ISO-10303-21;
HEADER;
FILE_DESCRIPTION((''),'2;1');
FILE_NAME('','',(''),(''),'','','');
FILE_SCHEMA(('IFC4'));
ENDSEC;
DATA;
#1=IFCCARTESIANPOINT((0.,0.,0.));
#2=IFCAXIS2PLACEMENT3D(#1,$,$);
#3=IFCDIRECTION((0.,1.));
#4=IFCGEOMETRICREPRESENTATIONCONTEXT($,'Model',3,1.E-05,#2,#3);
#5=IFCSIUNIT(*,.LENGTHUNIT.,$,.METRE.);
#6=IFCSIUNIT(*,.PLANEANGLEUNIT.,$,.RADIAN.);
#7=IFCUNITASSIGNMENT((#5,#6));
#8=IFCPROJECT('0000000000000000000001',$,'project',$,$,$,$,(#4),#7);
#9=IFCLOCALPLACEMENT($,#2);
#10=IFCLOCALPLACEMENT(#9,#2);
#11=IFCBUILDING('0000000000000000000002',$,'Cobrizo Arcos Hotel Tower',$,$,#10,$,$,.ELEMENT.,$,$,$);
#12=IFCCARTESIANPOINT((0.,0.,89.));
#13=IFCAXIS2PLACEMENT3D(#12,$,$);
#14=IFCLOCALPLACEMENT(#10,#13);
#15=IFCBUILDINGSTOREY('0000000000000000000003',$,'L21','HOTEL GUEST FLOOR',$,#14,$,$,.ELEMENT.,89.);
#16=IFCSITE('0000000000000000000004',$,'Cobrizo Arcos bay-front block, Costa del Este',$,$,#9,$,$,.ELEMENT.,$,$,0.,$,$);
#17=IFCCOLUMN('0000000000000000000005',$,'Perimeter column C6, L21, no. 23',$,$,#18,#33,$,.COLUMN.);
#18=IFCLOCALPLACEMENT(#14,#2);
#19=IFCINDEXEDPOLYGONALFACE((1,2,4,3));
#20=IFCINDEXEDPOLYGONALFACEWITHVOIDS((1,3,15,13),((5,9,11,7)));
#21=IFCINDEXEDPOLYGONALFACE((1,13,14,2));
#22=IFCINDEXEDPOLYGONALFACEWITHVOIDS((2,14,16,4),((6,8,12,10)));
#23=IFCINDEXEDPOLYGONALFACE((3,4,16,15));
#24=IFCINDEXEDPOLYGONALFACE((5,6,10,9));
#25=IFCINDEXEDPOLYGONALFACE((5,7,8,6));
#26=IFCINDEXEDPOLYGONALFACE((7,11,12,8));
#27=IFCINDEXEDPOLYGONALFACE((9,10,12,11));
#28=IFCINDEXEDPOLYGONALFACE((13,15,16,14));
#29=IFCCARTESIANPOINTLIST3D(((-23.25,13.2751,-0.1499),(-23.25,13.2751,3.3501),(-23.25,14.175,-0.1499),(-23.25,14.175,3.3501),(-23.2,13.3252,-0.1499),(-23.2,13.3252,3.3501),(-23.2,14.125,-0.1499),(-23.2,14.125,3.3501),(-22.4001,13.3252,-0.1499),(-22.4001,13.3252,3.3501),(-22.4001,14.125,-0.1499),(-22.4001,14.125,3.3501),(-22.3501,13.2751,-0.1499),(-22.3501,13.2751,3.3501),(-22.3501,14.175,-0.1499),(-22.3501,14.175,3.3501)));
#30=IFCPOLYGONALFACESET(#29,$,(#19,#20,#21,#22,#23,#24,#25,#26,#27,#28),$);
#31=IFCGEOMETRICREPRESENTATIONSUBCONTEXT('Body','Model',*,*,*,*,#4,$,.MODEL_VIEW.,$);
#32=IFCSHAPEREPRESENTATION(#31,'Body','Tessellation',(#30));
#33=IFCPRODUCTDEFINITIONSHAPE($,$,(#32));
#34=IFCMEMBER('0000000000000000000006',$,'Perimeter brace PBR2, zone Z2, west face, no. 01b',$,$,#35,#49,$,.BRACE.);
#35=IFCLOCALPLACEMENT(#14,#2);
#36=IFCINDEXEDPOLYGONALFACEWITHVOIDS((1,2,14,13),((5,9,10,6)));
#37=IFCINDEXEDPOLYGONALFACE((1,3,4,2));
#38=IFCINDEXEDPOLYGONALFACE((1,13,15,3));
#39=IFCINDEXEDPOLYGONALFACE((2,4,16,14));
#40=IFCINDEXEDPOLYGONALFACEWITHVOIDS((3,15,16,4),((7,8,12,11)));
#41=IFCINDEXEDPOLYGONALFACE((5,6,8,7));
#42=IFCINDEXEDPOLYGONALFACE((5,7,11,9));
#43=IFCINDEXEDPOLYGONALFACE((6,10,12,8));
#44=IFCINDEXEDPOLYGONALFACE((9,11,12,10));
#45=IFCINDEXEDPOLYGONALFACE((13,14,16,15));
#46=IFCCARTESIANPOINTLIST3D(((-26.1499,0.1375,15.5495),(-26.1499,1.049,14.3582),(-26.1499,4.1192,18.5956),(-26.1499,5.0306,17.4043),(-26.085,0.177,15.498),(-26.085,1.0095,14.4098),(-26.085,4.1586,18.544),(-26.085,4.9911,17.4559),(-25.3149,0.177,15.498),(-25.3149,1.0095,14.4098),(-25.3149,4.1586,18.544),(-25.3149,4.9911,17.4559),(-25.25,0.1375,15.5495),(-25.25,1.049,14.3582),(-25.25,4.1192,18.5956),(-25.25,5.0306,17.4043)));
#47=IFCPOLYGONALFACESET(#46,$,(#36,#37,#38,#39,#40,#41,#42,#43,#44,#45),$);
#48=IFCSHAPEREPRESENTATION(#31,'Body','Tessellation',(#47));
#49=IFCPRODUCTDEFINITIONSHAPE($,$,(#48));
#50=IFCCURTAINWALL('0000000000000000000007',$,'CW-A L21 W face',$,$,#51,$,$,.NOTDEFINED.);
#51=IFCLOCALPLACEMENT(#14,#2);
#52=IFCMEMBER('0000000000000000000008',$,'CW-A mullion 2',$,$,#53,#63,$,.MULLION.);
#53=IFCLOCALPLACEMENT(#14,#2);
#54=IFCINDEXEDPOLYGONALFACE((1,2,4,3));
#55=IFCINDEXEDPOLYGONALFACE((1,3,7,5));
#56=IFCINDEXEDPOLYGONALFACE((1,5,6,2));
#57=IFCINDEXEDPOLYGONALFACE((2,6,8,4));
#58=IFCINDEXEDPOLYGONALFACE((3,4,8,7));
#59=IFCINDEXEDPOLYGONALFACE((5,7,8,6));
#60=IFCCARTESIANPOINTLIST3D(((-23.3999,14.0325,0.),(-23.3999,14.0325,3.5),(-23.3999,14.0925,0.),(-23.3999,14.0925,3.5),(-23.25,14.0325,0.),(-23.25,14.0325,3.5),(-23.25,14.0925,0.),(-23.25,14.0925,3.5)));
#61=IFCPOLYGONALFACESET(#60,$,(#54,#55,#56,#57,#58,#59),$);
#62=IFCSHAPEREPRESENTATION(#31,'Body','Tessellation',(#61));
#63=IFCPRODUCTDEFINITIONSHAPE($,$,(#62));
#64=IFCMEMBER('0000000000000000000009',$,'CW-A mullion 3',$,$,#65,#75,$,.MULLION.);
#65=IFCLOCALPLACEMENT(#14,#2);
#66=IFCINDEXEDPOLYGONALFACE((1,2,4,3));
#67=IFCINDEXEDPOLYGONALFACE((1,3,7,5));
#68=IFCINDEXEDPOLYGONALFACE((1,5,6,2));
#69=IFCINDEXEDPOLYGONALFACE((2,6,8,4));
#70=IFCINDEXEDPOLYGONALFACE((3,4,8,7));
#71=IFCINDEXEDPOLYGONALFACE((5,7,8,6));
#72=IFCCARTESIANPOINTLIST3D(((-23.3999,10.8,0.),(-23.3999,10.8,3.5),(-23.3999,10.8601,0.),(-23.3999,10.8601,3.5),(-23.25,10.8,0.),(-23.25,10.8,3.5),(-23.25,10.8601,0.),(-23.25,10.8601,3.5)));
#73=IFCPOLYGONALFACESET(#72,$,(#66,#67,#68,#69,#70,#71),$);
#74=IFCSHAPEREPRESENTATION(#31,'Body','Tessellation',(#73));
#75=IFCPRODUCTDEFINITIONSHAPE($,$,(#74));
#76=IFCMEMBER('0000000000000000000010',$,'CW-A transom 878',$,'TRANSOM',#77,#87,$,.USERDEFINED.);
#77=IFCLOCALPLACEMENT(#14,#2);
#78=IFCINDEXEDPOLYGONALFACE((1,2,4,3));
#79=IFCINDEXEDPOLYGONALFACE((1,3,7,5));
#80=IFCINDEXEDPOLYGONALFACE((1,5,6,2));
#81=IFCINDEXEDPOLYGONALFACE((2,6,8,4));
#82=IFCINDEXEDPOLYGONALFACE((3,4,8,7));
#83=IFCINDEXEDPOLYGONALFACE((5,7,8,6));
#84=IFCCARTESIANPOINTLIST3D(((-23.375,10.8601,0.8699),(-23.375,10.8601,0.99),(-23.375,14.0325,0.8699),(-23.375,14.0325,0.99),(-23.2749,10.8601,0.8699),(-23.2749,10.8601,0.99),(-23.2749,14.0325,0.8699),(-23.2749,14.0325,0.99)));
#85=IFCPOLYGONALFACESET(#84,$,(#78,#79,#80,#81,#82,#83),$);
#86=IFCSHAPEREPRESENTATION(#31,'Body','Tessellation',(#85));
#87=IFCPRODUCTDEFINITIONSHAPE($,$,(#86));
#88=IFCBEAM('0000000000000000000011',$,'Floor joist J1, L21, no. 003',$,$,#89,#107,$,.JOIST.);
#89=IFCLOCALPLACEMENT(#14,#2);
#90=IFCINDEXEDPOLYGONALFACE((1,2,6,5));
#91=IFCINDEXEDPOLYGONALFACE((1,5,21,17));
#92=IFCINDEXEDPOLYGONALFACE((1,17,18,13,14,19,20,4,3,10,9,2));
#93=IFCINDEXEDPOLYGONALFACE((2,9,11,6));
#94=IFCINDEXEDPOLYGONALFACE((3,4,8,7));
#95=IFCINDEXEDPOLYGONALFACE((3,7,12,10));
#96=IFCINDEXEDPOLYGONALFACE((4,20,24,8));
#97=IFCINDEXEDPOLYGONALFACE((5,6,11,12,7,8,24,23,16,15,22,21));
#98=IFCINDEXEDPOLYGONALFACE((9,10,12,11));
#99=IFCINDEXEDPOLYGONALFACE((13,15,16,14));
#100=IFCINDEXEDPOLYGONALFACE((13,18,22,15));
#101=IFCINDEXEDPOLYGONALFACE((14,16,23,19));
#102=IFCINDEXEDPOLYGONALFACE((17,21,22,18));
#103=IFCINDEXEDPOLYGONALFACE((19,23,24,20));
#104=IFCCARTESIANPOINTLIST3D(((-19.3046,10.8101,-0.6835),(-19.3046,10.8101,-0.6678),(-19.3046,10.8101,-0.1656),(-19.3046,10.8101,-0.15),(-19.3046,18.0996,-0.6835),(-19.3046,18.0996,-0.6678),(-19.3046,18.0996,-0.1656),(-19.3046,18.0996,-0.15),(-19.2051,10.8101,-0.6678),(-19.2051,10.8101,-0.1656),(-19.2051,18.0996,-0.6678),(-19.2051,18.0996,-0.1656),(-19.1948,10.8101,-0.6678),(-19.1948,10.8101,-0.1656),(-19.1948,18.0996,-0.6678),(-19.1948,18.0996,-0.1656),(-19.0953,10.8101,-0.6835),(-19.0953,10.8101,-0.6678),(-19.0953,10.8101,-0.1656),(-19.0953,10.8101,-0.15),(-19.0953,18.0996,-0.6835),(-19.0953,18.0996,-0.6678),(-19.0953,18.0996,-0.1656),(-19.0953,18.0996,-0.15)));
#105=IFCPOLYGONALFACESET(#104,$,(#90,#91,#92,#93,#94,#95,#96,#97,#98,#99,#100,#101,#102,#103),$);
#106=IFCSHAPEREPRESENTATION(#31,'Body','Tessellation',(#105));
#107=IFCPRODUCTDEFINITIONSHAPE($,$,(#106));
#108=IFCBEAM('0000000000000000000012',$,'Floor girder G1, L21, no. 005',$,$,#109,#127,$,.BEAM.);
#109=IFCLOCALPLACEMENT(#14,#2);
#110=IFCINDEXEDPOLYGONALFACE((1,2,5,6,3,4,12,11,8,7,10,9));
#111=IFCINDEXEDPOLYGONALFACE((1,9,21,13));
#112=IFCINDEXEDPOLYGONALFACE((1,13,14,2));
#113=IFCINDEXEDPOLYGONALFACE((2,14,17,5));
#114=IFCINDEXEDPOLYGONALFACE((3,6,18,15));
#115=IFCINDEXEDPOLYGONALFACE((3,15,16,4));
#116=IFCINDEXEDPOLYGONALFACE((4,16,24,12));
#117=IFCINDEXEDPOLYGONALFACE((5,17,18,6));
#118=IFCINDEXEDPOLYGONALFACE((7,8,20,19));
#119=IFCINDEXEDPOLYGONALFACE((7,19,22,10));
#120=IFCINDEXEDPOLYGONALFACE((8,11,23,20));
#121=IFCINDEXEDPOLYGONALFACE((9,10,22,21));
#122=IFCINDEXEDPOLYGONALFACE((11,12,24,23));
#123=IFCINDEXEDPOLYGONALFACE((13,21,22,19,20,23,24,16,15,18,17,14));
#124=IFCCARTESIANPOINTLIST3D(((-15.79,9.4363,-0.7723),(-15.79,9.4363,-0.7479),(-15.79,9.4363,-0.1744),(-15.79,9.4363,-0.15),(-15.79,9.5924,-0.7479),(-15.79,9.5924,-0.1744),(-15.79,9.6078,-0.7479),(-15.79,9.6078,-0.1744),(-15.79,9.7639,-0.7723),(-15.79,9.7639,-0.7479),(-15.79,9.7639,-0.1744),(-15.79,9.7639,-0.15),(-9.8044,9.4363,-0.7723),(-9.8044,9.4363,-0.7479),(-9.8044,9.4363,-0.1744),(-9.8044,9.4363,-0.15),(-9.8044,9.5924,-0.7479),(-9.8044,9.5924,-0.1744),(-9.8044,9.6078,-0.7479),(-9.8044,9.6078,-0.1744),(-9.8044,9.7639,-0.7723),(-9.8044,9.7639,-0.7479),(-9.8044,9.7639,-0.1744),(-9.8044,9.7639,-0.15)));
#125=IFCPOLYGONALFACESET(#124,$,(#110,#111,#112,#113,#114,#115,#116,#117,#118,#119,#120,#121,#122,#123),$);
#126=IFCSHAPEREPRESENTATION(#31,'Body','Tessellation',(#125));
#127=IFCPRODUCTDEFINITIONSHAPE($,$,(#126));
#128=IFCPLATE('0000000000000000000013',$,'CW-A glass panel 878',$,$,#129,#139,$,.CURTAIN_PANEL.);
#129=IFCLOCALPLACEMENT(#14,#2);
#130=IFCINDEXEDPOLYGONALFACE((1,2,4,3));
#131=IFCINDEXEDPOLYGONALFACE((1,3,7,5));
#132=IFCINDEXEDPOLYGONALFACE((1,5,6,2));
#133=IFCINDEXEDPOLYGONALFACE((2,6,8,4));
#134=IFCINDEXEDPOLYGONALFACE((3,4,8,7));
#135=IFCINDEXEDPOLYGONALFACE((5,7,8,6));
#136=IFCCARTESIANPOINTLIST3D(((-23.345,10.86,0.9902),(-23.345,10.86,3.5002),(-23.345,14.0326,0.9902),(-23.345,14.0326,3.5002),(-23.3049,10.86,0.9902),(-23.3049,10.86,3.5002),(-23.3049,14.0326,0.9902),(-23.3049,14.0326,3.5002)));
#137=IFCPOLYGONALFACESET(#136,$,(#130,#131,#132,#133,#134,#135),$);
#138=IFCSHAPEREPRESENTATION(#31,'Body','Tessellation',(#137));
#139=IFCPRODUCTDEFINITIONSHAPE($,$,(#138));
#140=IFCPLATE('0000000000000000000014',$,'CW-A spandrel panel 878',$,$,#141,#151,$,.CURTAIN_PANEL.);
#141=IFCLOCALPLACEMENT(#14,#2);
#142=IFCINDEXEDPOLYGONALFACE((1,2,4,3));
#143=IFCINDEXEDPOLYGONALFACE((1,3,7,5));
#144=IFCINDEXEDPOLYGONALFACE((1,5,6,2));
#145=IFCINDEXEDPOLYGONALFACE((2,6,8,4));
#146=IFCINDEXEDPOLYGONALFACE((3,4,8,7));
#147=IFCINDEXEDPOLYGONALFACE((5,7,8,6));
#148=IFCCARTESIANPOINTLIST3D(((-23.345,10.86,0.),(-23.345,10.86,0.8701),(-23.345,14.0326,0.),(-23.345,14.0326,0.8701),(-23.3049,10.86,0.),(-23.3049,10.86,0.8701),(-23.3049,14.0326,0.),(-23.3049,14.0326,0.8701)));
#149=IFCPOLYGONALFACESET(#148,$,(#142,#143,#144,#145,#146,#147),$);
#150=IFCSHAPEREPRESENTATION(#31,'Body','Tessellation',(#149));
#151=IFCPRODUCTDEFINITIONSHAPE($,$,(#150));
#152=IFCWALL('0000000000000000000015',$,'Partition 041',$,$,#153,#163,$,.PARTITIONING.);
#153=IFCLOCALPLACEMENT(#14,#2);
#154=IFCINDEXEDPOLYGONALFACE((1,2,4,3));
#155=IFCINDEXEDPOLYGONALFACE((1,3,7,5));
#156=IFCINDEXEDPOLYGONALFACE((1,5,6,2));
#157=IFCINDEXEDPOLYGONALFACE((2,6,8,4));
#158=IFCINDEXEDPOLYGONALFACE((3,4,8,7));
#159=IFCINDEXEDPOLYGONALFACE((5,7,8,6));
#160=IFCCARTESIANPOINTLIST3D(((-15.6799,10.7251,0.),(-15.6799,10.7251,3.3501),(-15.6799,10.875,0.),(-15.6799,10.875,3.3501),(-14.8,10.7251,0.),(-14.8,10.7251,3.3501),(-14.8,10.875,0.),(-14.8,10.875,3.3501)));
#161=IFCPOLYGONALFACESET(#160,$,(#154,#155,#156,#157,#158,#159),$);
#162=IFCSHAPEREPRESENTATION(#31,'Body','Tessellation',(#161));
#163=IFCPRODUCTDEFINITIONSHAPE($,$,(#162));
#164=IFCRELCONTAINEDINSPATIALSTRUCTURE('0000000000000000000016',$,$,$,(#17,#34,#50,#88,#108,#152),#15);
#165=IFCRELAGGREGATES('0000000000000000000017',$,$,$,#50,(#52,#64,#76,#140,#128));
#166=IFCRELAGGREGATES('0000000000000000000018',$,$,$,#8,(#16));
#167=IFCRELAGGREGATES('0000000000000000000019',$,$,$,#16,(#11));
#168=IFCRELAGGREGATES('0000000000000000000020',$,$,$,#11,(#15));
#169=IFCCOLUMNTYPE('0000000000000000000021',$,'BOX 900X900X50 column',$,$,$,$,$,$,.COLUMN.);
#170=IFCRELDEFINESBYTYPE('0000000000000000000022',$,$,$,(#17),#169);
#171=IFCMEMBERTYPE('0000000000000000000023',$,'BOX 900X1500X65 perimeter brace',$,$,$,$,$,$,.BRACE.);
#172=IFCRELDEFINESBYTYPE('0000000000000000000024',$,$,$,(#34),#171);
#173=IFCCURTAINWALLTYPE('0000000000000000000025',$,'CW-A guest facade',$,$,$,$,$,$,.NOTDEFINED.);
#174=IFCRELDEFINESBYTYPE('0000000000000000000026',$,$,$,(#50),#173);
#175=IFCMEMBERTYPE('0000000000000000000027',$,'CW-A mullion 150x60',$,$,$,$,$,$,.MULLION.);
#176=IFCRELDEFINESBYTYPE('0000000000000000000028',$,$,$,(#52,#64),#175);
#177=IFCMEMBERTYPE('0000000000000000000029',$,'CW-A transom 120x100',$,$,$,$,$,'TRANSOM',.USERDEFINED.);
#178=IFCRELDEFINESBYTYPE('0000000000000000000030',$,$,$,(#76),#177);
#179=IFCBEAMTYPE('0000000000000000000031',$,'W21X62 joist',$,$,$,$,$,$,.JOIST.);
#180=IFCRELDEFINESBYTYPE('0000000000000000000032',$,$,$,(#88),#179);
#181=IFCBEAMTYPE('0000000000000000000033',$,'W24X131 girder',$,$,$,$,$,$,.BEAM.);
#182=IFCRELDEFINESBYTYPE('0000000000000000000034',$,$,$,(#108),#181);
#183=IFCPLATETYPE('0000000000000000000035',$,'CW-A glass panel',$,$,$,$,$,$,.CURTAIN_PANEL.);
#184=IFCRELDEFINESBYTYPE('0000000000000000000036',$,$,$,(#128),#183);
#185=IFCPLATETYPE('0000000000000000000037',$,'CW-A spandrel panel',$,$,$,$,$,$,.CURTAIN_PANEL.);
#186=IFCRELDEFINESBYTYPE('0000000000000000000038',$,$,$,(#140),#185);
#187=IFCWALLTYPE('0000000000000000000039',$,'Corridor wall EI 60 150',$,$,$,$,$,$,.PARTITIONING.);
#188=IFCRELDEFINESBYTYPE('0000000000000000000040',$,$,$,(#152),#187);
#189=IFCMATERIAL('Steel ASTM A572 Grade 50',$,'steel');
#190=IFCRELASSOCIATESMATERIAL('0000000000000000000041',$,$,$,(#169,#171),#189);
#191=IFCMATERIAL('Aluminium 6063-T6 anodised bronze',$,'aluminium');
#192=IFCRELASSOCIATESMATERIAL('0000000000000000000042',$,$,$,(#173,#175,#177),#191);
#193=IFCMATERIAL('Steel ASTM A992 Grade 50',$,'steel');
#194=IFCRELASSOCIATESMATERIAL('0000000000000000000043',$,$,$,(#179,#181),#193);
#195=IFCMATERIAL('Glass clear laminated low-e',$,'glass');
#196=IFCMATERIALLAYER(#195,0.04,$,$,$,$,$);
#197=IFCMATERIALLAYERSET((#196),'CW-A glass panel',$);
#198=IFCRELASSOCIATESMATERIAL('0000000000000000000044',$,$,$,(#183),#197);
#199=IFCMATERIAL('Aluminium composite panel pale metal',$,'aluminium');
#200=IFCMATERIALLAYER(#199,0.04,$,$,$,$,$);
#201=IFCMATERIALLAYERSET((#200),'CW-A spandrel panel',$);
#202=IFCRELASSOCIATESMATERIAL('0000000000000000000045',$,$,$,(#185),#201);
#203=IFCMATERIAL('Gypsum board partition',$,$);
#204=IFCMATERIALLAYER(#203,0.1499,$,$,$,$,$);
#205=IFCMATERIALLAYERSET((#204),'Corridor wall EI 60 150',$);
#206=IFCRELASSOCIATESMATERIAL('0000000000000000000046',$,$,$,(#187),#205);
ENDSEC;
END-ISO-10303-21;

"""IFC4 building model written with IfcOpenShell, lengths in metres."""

from ifc_helpers import new_model, si_unit, direction, frame, frame_2d, origin, origin_2d, place, context, subcontext, project, spatial, rectangle, hollow_rectangle, i_section, extrude, material, layer, layer_set, material_profile, profile_set, type_object, element, aggregate, save


model = new_model("IFC4")

# Units and contexts
model_context = context("Model", 3, precision=1e-05, world=origin(), true_north=direction((0.0, 1.0)))
body_context = subcontext(model_context, "Body", "Model", "MODEL_VIEW")
ifc_project = project(units=[si_unit("LENGTHUNIT", "METRE"), si_unit("PLANEANGLEUNIT", "RADIAN")], contexts=[model_context])

# Site, building, storey
site_placement = place(None, origin())
site = spatial("IfcSite", under=ifc_project, at=site_placement, Name="Cobrizo Arcos bay-front block, Costa del Este", CompositionType="ELEMENT", RefElevation=0.0)
building_placement = place(site_placement, origin())
building = spatial("IfcBuilding", under=site, at=building_placement, Name="Cobrizo Arcos Hotel Tower", CompositionType="ELEMENT")
storey_placement = place(building_placement, frame((0.0, 0.0, 89.0)))
storey = spatial("IfcBuildingStorey", under=building, at=storey_placement, Name="L21", Description="HOTEL GUEST FLOOR", CompositionType="ELEMENT", Elevation=89.0)

# Column
ifc_material_1 = material(Name="Steel ASTM A572 Grade 50", Category="steel")
ifc_material_profile_1 = material_profile(ifc_material_1, hollow_rectangle(XDim=0.8999, YDim=0.8999, WallThickness=0.05, at=origin_2d()), Name="BOX 900X900X50")
ifc_profile_set_1 = profile_set([ifc_material_profile_1], Name="Steel ASTM A572 Grade 50")
column_type = type_object("IfcColumnType", Name="BOX 900X900X50 column", PredefinedType="COLUMN", material=ifc_profile_set_1)
column_placement = place(storey_placement, frame((-22.8, 13.7251, -0.1499), z_axis=(0.0, 0.0, 1.0), x_axis=(1.0, 0.0, 0.0)))
element("IfcColumn", 1, at=column_placement, inside=storey, type_object=column_type, Name="Perimeter column C6, L21, no. 23", PredefinedType="COLUMN", context=body_context, shape_type="SweptSolid", body=[
    extrude(hollow_rectangle(XDim=0.8999, YDim=0.8999, WallThickness=0.05, at=origin_2d()), origin(), (0.0, 0.0, 1.0), 3.5),
])

# Member
ifc_material_profile_2 = material_profile(ifc_material_1, hollow_rectangle(XDim=0.8999, YDim=1.5, WallThickness=0.0649, at=origin_2d()), Name="BOX 900X1500X65")
ifc_profile_set_2 = profile_set([ifc_material_profile_2], Name="Steel ASTM A572 Grade 50")
member_type_1 = type_object("IfcMemberType", Name="BOX 900X1500X65 perimeter brace", PredefinedType="BRACE", material=ifc_profile_set_2)
member_1_placement = place(storey_placement, frame((-25.7, 0.5933, 14.9539), z_axis=(0.0, 0.794231, 0.607616), x_axis=(-1.0, 0.0, 0.0)))
element("IfcMember", 2, at=member_1_placement, inside=storey, type_object=member_type_1, Name="Perimeter brace PBR2, zone Z2, west face, no. 01b", PredefinedType="BRACE", context=body_context, shape_type="SweptSolid", body=[
    extrude(hollow_rectangle(XDim=0.8999, YDim=1.5, WallThickness=0.0649, at=origin_2d()), origin(), (0.0, 0.0, 1.0), 5.0132),
])

# Curtain wall, members
ifc_material_2 = material(Name="Aluminium 6063-T6 anodised bronze", Category="aluminium")
curtain_wall_type = type_object("IfcCurtainWallType", Name="CW-A guest facade", PredefinedType="NOTDEFINED", material=ifc_material_2)
curtain_wall_placement = place(storey_placement, origin())
curtain_wall = element("IfcCurtainWall", 3, at=curtain_wall_placement, inside=storey, type_object=curtain_wall_type, Name="CW-A L21 W face", PredefinedType="NOTDEFINED")
ifc_material_profile_3 = material_profile(ifc_material_2, rectangle(XDim=0.1499, YDim=0.0601, at=origin_2d()), Name="CW-A mullion 150x60")
ifc_profile_set_3 = profile_set([ifc_material_profile_3], Name="Aluminium 6063-T6 anodised bronze")
member_type_2 = type_object("IfcMemberType", Name="CW-A mullion 150x60", PredefinedType="MULLION", material=ifc_profile_set_3)
member_2_placement = place(storey_placement, frame((-23.325, 14.0625, 0.0), z_axis=(0.0, 0.0, 1.0), x_axis=(-1.0, 0.0, 0.0)))
member_2 = element("IfcMember", 4, at=member_2_placement, type_object=member_type_2, Name="CW-A mullion 2", PredefinedType="MULLION", context=body_context, shape_type="SweptSolid", body=[
    extrude(rectangle(XDim=0.1499, YDim=0.0601, at=origin_2d()), origin(), (0.0, 0.0, 1.0), 3.5),
])
member_3_placement = place(storey_placement, frame((-23.325, 10.8301, 0.0), z_axis=(0.0, 0.0, 1.0), x_axis=(-1.0, 0.0, 0.0)))
member_3 = element("IfcMember", 5, at=member_3_placement, type_object=member_type_2, Name="CW-A mullion 3", PredefinedType="MULLION", context=body_context, shape_type="SweptSolid", body=[
    extrude(rectangle(XDim=0.1499, YDim=0.0601, at=origin_2d()), origin(), (0.0, 0.0, 1.0), 3.5),
])
ifc_material_profile_4 = material_profile(ifc_material_2, rectangle(XDim=0.1001, YDim=0.1201, at=origin_2d()), Name="CW-A transom 120x100")
ifc_profile_set_4 = profile_set([ifc_material_profile_4], Name="Aluminium 6063-T6 anodised bronze")
member_type_3 = type_object("IfcMemberType", Name="CW-A transom 120x100", ElementType="TRANSOM", PredefinedType="USERDEFINED", material=ifc_profile_set_4)
member_4_placement = place(storey_placement, frame((-23.325, 14.0325, 0.9299), z_axis=(0.0, -1.0, 0.0), x_axis=(1.0, 0.0, 0.0)))
member_4 = element("IfcMember", 6, at=member_4_placement, type_object=member_type_3, Name="CW-A transom 878", ObjectType="TRANSOM", PredefinedType="USERDEFINED", context=body_context, shape_type="SweptSolid", body=[
    extrude(rectangle(XDim=0.1001, YDim=0.1201, at=origin_2d()), origin(), (0.0, 0.0, 1.0), 3.1724),
])

# Beams
ifc_material_3 = material(Name="Steel ASTM A992 Grade 50", Category="steel")
ifc_material_profile_5 = material_profile(ifc_material_3, i_section(OverallWidth=0.2092, OverallDepth=0.5334, WebThickness=0.0103, FlangeThickness=0.0156, at=origin_2d()), Name="W21X62")
ifc_profile_set_5 = profile_set([ifc_material_profile_5], Name="Steel ASTM A992 Grade 50")
beam_type_1 = type_object("IfcBeamType", Name="W21X62 joist", PredefinedType="JOIST", material=ifc_profile_set_5)
beam_1_placement = place(storey_placement, frame((-19.2, 10.8101, -0.4167), z_axis=(0.0, 1.0, 0.0), x_axis=(-1.0, 0.0, 0.0)))
element("IfcBeam", 7, at=beam_1_placement, inside=storey, type_object=beam_type_1, Name="Floor joist J1, L21, no. 003", PredefinedType="JOIST", context=body_context, shape_type="SweptSolid", body=[
    extrude(i_section(OverallWidth=0.2092, OverallDepth=0.5334, WebThickness=0.0103, FlangeThickness=0.0156, at=origin_2d()), origin(), (0.0, 0.0, 1.0), 7.2896),
])
ifc_material_profile_6 = material_profile(ifc_material_3, i_section(OverallWidth=0.3276, OverallDepth=0.6223, WebThickness=0.0154, FlangeThickness=0.0244, at=origin_2d()), Name="W24X131")
ifc_profile_set_6 = profile_set([ifc_material_profile_6], Name="Steel ASTM A992 Grade 50")
beam_type_2 = type_object("IfcBeamType", Name="W24X131 girder", PredefinedType="BEAM", material=ifc_profile_set_6)
beam_2_placement = place(storey_placement, frame((-15.79, 9.6001, -0.4612), z_axis=(1.0, 0.0, 0.0), x_axis=(0.0, 1.0, 0.0)))
element("IfcBeam", 8, at=beam_2_placement, inside=storey, type_object=beam_type_2, Name="Floor girder G1, L21, no. 005", PredefinedType="BEAM", context=body_context, shape_type="SweptSolid", body=[
    extrude(i_section(OverallWidth=0.3276, OverallDepth=0.6223, WebThickness=0.0154, FlangeThickness=0.0244, at=origin_2d()), origin(), (0.0, 0.0, 1.0), 5.9856),
])

# Plates
ifc_material_4 = material(Name="Glass clear laminated low-e", Category="glass")
ifc_layer_1 = layer(ifc_material_4, 0.04)
ifc_layer_set_1 = layer_set([ifc_layer_1], Name="CW-A glass panel")
plate_type_1 = type_object("IfcPlateType", Name="CW-A glass panel", PredefinedType="CURTAIN_PANEL", material=ifc_layer_set_1)
plate_1_placement = place(storey_placement, frame((-23.325, 12.4463, 0.9902), z_axis=(0.0, 0.0, 1.0), x_axis=(0.0, -1.0, 0.0)))
plate_1 = element("IfcPlate", 9, at=plate_1_placement, type_object=plate_type_1, Name="CW-A glass panel 878", PredefinedType="CURTAIN_PANEL", context=body_context, shape_type="SweptSolid", body=[
    extrude(rectangle(XDim=3.1726, YDim=0.04, at=origin_2d()), origin(), (0.0, 0.0, 1.0), 2.51),
])
ifc_material_5 = material(Name="Aluminium composite panel pale metal", Category="aluminium")
ifc_layer_2 = layer(ifc_material_5, 0.04)
ifc_layer_set_2 = layer_set([ifc_layer_2], Name="CW-A spandrel panel")
plate_type_2 = type_object("IfcPlateType", Name="CW-A spandrel panel", PredefinedType="CURTAIN_PANEL", material=ifc_layer_set_2)
plate_2_placement = place(storey_placement, frame((-23.325, 12.4463, 0.0), z_axis=(0.0, 0.0, 1.0), x_axis=(0.0, -1.0, 0.0)))
plate_2 = element("IfcPlate", 10, at=plate_2_placement, type_object=plate_type_2, Name="CW-A spandrel panel 878", PredefinedType="CURTAIN_PANEL", context=body_context, shape_type="SweptSolid", body=[
    extrude(rectangle(XDim=3.1726, YDim=0.04, at=origin_2d()), origin(), (0.0, 0.0, 1.0), 0.8701),
])
aggregate(curtain_wall, [member_2, member_3, member_4, plate_2, plate_1])

# Wall
ifc_material_6 = material(Name="Gypsum board partition")
ifc_layer_3 = layer(ifc_material_6, 0.1499)
ifc_layer_set_3 = layer_set([ifc_layer_3], Name="Corridor wall EI 60 150")
wall_type_1 = type_object("IfcWallType", Name="Corridor wall EI 60 150", PredefinedType="PARTITIONING", material=ifc_layer_set_3)
wall_1_placement = place(storey_placement, frame((-15.6799, 10.8, 0.0), z_axis=(0.0, 0.0, 1.0), x_axis=(1.0, 0.0, 0.0)))
element("IfcWall", 11, at=wall_1_placement, inside=storey, type_object=wall_type_1, Name="Partition 041", PredefinedType="PARTITIONING", context=body_context, shape_type="SweptSolid", body=[
    extrude(rectangle(XDim=0.8799, YDim=0.1499, at=frame_2d((0.4399, 0.0))), origin(), (0.0, 0.0, 1.0), 3.3501),
])

save(model, "model.ifc")
